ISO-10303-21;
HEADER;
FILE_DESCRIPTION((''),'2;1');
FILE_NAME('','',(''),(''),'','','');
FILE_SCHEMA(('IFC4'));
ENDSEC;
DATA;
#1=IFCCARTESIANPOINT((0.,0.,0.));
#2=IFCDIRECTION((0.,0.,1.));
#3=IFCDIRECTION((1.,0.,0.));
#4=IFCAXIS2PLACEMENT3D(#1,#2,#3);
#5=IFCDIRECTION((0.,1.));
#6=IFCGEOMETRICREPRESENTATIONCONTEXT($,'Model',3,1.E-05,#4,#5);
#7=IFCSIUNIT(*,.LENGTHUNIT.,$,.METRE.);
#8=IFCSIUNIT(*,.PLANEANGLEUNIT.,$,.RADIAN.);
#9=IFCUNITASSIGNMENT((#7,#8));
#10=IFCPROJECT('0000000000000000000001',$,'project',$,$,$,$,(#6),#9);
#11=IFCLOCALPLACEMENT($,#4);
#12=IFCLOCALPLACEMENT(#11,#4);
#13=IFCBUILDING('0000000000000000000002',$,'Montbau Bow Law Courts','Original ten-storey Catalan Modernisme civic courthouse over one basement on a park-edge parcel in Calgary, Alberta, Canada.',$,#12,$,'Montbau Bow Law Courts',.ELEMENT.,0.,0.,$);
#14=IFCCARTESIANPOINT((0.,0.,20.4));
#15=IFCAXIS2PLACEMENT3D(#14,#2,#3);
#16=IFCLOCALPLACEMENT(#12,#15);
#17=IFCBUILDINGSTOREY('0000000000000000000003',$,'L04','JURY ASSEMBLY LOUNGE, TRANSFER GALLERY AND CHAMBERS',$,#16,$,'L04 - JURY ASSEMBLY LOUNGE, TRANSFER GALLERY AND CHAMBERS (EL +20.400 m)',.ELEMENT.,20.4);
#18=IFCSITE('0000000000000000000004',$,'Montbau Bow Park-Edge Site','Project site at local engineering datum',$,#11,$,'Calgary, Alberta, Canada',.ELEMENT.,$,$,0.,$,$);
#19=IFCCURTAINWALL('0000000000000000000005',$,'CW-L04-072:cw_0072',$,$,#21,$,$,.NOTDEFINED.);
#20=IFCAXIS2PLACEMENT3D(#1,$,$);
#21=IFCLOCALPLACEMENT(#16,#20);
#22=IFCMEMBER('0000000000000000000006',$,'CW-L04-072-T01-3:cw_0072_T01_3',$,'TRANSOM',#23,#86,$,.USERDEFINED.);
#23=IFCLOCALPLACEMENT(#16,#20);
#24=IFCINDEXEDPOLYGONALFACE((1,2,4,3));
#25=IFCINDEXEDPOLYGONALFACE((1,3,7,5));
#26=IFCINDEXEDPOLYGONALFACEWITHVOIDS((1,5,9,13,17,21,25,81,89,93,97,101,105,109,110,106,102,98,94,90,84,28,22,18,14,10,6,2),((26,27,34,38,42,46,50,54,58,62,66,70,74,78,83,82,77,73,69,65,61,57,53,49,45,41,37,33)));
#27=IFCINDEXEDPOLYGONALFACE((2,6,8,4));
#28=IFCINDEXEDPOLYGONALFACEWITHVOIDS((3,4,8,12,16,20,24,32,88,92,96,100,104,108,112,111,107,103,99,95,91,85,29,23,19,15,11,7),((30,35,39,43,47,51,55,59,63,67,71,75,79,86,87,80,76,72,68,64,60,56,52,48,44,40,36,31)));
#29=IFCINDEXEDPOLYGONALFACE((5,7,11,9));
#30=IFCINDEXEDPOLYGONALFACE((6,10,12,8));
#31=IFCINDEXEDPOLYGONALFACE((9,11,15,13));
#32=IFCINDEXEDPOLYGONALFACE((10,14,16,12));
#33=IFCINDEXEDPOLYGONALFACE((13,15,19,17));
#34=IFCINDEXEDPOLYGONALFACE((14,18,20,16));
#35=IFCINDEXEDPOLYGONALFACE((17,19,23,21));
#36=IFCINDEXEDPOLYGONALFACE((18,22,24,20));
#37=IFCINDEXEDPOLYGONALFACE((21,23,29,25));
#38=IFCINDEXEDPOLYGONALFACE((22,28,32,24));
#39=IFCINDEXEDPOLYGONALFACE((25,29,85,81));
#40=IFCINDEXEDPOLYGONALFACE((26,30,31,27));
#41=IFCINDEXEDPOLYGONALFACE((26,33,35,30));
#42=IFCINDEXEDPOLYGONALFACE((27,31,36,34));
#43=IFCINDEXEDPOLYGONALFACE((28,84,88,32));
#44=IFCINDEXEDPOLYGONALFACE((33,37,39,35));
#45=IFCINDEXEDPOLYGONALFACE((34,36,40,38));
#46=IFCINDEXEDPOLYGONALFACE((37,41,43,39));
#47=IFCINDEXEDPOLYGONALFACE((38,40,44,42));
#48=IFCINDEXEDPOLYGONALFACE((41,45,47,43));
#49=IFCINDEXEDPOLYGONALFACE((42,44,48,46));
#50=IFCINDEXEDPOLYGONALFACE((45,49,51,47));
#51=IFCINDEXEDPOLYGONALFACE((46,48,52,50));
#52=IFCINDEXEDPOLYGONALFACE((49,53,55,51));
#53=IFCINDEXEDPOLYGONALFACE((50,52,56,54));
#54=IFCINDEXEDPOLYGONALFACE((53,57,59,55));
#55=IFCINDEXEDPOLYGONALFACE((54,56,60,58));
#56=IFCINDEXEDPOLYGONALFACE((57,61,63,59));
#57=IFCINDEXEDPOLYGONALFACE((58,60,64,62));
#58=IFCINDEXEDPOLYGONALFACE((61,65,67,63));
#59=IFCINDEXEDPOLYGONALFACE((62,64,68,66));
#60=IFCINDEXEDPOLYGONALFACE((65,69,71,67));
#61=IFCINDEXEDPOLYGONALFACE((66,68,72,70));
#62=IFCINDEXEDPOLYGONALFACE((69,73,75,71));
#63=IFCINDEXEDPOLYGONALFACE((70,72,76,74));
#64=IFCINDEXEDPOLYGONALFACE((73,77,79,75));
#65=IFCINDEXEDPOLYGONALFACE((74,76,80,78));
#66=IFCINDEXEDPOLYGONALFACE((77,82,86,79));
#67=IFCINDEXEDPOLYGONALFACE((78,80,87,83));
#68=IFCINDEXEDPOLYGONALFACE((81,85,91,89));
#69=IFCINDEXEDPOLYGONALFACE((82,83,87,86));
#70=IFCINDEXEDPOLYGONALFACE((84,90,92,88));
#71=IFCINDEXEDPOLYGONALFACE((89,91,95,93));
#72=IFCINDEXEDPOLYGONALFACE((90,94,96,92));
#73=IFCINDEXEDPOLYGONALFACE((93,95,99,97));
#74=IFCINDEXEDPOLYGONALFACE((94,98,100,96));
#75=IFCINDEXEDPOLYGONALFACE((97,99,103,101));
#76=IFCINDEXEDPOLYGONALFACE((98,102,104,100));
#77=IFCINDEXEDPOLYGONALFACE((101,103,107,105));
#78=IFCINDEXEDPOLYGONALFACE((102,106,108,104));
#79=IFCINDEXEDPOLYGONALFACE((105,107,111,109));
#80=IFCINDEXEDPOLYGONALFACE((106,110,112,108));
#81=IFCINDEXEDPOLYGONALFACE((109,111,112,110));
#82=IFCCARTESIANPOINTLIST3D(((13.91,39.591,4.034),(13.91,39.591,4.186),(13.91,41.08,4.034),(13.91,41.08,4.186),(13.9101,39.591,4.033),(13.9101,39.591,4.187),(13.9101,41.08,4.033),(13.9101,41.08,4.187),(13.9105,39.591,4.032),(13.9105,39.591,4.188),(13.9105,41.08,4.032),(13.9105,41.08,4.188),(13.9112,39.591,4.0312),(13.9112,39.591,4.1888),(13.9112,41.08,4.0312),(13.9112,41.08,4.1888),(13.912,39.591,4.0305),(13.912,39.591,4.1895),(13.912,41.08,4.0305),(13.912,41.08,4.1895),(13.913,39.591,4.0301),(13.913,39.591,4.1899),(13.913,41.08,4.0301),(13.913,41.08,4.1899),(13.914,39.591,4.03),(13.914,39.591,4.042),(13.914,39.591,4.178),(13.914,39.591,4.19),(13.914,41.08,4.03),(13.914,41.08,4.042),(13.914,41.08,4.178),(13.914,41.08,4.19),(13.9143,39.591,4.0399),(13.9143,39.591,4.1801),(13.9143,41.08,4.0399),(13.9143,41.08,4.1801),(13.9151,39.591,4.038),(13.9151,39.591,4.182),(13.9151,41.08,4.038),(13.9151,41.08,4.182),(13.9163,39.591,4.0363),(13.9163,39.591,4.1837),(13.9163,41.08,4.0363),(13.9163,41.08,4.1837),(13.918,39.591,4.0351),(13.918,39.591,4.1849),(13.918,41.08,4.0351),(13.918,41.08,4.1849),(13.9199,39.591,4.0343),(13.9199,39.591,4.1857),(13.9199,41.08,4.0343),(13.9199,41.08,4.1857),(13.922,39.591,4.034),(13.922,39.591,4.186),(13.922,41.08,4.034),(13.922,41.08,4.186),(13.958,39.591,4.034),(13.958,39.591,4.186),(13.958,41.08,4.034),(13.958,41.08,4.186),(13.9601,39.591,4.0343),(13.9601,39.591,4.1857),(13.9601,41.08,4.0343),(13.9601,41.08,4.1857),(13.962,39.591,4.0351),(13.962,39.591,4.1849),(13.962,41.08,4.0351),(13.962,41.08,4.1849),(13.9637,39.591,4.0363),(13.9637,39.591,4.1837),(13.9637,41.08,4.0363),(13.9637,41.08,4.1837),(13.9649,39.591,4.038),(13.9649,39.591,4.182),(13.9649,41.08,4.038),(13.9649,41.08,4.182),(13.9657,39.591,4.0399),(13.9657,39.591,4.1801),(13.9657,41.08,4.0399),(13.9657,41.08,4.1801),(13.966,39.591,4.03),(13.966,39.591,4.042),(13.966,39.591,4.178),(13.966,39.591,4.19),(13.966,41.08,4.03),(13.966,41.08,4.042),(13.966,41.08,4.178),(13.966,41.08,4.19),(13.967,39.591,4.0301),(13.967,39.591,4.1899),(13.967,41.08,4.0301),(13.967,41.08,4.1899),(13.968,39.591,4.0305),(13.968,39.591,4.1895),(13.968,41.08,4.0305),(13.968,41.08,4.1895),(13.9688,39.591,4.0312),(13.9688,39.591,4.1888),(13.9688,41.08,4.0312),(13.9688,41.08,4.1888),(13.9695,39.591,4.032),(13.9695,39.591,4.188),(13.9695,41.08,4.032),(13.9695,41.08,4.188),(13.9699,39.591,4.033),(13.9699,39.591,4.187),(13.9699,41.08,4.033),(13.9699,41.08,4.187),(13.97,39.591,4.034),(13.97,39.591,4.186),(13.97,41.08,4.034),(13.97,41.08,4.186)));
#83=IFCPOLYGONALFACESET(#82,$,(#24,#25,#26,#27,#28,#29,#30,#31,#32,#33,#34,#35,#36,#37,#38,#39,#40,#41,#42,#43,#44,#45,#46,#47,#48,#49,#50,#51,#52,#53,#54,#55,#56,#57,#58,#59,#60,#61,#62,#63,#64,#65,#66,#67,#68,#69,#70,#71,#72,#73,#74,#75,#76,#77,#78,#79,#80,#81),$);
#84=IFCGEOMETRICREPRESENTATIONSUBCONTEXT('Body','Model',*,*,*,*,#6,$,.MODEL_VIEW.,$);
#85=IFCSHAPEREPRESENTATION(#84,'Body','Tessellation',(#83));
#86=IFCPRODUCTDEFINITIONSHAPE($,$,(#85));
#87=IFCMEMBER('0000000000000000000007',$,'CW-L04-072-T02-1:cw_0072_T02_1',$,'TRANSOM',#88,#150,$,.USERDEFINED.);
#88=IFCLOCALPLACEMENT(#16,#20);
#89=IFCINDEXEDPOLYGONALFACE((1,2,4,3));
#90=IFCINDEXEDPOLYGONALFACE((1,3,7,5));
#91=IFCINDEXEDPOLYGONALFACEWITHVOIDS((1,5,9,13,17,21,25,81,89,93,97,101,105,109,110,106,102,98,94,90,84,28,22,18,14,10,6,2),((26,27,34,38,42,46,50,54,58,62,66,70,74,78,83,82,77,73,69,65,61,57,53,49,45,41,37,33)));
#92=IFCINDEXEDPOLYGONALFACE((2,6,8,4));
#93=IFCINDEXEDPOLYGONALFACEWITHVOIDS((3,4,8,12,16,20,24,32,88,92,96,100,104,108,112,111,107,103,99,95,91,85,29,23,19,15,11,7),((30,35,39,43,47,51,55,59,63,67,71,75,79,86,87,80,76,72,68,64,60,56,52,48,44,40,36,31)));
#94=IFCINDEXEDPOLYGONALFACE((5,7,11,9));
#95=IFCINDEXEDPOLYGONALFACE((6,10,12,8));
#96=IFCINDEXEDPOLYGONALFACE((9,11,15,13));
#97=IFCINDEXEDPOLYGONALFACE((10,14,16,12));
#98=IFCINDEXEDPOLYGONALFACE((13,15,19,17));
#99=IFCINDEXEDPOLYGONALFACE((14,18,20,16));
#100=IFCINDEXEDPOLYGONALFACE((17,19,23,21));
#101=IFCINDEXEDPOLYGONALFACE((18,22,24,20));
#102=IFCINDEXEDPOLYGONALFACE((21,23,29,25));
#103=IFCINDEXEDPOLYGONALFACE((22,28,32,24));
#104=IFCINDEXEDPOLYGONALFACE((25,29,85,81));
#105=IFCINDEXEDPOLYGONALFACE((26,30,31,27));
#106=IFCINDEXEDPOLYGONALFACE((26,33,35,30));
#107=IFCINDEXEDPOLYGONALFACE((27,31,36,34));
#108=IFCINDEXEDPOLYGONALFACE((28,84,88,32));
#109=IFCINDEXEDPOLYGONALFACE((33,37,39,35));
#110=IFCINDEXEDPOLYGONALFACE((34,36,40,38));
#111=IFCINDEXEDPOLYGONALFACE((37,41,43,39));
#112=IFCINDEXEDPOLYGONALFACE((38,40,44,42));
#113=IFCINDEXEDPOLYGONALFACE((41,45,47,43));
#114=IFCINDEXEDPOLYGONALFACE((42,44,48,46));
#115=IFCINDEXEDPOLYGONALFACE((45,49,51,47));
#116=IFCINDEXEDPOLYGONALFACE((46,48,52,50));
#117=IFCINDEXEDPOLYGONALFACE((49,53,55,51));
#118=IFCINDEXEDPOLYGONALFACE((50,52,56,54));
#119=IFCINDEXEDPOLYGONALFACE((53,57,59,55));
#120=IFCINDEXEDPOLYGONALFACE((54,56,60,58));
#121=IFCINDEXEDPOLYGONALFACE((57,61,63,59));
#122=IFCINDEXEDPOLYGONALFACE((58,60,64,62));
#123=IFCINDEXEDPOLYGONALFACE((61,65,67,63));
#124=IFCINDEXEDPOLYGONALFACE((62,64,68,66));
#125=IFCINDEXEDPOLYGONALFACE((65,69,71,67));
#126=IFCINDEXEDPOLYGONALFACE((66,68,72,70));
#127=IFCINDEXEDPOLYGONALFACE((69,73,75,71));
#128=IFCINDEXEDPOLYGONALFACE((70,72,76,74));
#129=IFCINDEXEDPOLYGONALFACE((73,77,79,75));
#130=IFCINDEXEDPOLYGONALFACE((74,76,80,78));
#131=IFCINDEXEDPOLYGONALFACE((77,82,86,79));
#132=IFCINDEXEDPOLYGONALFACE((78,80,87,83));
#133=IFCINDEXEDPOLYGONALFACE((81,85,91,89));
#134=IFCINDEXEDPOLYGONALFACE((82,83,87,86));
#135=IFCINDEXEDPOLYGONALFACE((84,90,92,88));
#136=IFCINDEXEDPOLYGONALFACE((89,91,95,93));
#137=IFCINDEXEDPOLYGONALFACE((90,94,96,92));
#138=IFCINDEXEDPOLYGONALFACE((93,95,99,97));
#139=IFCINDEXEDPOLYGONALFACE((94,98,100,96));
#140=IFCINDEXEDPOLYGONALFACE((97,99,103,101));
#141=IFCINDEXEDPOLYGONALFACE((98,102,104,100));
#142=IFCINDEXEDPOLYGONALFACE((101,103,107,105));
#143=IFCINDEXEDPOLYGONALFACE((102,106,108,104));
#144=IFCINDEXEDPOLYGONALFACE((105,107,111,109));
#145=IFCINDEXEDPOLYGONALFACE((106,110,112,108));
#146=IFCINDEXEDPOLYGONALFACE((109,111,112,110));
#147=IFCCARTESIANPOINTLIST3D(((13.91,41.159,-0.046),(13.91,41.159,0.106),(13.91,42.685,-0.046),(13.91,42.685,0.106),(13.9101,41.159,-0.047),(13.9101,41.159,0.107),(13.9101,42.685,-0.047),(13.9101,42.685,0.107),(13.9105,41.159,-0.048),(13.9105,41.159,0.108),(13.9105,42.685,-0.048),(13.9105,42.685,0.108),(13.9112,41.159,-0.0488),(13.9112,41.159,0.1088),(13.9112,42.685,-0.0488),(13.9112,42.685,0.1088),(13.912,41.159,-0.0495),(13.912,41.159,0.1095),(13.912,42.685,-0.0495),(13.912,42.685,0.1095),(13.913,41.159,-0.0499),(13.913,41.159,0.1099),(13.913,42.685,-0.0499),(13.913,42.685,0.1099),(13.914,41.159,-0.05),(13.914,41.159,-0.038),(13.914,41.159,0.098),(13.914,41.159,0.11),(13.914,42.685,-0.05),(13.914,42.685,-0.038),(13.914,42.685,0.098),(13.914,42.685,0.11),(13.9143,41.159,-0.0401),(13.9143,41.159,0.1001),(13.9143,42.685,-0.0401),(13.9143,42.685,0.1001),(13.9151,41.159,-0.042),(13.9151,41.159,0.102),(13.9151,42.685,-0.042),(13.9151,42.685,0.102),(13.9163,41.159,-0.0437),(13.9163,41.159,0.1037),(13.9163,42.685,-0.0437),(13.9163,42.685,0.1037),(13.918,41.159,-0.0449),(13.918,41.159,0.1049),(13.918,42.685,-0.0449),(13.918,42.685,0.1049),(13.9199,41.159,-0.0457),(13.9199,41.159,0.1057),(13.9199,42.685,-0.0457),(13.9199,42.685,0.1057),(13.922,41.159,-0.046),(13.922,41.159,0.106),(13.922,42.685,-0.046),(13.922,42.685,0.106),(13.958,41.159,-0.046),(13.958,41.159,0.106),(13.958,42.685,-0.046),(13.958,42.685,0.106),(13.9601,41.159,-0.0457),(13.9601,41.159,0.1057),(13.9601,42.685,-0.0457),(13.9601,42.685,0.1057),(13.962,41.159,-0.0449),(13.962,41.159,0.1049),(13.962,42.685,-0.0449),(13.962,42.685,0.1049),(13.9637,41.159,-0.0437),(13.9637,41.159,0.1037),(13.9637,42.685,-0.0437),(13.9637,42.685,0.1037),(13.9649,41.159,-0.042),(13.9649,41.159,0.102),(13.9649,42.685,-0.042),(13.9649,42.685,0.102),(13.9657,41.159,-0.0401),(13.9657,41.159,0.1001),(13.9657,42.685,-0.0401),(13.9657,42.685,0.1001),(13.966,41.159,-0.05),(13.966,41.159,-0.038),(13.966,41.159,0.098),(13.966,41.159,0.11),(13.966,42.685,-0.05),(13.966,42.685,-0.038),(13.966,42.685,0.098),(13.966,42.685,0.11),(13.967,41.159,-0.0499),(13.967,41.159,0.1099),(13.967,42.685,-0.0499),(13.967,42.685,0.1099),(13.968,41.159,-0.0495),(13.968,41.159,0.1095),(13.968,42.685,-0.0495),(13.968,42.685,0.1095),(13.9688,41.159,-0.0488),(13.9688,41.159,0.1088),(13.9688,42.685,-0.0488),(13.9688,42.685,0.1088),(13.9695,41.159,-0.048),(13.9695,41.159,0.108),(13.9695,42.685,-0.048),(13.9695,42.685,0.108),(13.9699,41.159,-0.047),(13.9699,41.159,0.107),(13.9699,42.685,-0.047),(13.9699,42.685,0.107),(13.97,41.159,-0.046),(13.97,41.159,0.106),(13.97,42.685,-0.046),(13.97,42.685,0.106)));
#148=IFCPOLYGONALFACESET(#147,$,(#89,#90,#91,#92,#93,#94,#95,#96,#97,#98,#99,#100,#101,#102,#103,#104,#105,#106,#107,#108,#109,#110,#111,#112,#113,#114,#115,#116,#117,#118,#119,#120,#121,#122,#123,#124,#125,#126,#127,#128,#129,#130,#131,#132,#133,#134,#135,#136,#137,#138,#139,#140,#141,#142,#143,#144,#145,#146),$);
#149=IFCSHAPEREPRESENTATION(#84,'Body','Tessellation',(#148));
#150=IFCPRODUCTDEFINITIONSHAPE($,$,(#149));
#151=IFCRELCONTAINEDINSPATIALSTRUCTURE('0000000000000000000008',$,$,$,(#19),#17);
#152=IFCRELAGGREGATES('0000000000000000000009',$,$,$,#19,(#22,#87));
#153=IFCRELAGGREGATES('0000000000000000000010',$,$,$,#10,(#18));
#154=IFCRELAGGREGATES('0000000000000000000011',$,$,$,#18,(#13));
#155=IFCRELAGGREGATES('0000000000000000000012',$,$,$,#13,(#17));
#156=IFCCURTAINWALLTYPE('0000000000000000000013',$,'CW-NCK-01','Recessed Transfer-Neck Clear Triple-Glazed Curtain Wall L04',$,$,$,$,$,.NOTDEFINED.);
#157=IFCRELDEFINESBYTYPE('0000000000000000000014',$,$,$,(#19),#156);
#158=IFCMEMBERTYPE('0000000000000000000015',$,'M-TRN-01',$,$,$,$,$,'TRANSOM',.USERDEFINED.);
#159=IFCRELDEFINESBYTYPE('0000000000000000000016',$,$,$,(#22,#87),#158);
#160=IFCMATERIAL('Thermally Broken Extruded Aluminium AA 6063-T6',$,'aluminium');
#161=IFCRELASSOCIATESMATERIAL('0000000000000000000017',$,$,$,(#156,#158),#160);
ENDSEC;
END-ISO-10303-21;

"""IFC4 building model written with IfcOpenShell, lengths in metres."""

from ifc_helpers import new_model, si_unit, direction, frame, origin_with_axes, origin_2d_with_axis, place, context, subcontext, project, spatial, hollow_rectangle, extrude, material, material_profile, profile_set, type_object, element, aggregate, save


model = new_model("IFC4")

# Units and contexts
model_context = context("Model", 3, precision=1e-05, world=origin_with_axes(), true_north=direction((0.0, 1.0)))
body_context = subcontext(model_context, "Body", "Model", "MODEL_VIEW")
ifc_project = project(units=[si_unit("LENGTHUNIT", "METRE"), si_unit("PLANEANGLEUNIT", "RADIAN")], contexts=[model_context])

# Site, building, storey
site_placement = place(None, origin_with_axes())
site = spatial("IfcSite", under=ifc_project, at=site_placement, Name="Montbau Bow Park-Edge Site", Description="Project site at local engineering datum", LongName="Calgary, Alberta, Canada", CompositionType="ELEMENT", RefElevation=0.0)
building_placement = place(site_placement, origin_with_axes())
building = spatial("IfcBuilding", under=site, at=building_placement, Name="Montbau Bow Law Courts", Description="Original ten-storey Catalan Modernisme civic courthouse over one basement on a park-edge parcel in Calgary, Alberta, Canada.", LongName="Montbau Bow Law Courts", CompositionType="ELEMENT", ElevationOfRefHeight=0.0, ElevationOfTerrain=0.0)
storey_placement = place(building_placement, frame((0.0, 0.0, 20.4), z_axis=(0.0, 0.0, 1.0), x_axis=(1.0, 0.0, 0.0)))
storey = spatial("IfcBuildingStorey", under=building, at=storey_placement, Name="L04", Description="JURY ASSEMBLY LOUNGE, TRANSFER GALLERY AND CHAMBERS", LongName="L04 - JURY ASSEMBLY LOUNGE, TRANSFER GALLERY AND CHAMBERS (EL +20.400 m)", CompositionType="ELEMENT", Elevation=20.4)

# Curtain wall, members
ifc_material_1 = material(Name="Thermally Broken Extruded Aluminium AA 6063-T6", Category="aluminium")
curtain_wall_type = type_object("IfcCurtainWallType", Name="CW-NCK-01", Description="Recessed Transfer-Neck Clear Triple-Glazed Curtain Wall L04", PredefinedType="NOTDEFINED", material=ifc_material_1)
curtain_wall_placement = place(None, frame((13.94, 39.515, 20.4), z_axis=(0.0, 0.0, 1.0), x_axis=(1.0, 0.0, 0.0)))
curtain_wall = element("IfcCurtainWall", 1, at=curtain_wall_placement, inside=storey, type_object=curtain_wall_type, Name="CW-L04-072:cw_0072", PredefinedType="NOTDEFINED")
ifc_material_profile_1 = material_profile(ifc_material_1, hollow_rectangle(XDim=0.06, YDim=0.16, WallThickness=0.004, InnerFilletRadius=0.008, OuterFilletRadius=0.004, at=origin_2d_with_axis()), Name="CWT-160X60", Category="Main", Priority=0)
ifc_profile_set_1 = profile_set([ifc_material_profile_1], Name="Thermally Broken Extruded Aluminium AA 6063-T6")
member_type_1 = type_object("IfcMemberType", Name="M-TRN-01", ElementType="TRANSOM", PredefinedType="USERDEFINED", material=ifc_profile_set_1)
member_1_placement = place(None, frame((13.94, 39.591, 24.51), z_axis=(0.0, 1.0, 0.0), x_axis=(-1.0, 0.0, 0.0)))
member_1 = element("IfcMember", 2, at=member_1_placement, type_object=member_type_1, Name="CW-L04-072-T01-3:cw_0072_T01_3", ObjectType="TRANSOM", PredefinedType="USERDEFINED", context=body_context, shape_type="SweptSolid", body=[
    extrude(hollow_rectangle(XDim=0.06, YDim=0.16, WallThickness=0.004, InnerFilletRadius=0.008, OuterFilletRadius=0.004, at=origin_2d_with_axis()), origin_with_axes(), (0.0, 0.0, 1.0), 1.489),
])
member_2_placement = place(None, frame((13.94, 41.159, 20.43), z_axis=(0.0, 1.0, 0.0), x_axis=(-1.0, 0.0, 0.0)))
member_2 = element("IfcMember", 3, at=member_2_placement, type_object=member_type_1, Name="CW-L04-072-T02-1:cw_0072_T02_1", ObjectType="TRANSOM", PredefinedType="USERDEFINED", context=body_context, shape_type="SweptSolid", body=[
    extrude(hollow_rectangle(XDim=0.06, YDim=0.16, WallThickness=0.004, InnerFilletRadius=0.008, OuterFilletRadius=0.004, at=origin_2d_with_axis()), origin_with_axes(), (0.0, 0.0, 1.0), 1.526),
])
aggregate(curtain_wall, [member_1, member_2])

save(model, "model.ifc")
